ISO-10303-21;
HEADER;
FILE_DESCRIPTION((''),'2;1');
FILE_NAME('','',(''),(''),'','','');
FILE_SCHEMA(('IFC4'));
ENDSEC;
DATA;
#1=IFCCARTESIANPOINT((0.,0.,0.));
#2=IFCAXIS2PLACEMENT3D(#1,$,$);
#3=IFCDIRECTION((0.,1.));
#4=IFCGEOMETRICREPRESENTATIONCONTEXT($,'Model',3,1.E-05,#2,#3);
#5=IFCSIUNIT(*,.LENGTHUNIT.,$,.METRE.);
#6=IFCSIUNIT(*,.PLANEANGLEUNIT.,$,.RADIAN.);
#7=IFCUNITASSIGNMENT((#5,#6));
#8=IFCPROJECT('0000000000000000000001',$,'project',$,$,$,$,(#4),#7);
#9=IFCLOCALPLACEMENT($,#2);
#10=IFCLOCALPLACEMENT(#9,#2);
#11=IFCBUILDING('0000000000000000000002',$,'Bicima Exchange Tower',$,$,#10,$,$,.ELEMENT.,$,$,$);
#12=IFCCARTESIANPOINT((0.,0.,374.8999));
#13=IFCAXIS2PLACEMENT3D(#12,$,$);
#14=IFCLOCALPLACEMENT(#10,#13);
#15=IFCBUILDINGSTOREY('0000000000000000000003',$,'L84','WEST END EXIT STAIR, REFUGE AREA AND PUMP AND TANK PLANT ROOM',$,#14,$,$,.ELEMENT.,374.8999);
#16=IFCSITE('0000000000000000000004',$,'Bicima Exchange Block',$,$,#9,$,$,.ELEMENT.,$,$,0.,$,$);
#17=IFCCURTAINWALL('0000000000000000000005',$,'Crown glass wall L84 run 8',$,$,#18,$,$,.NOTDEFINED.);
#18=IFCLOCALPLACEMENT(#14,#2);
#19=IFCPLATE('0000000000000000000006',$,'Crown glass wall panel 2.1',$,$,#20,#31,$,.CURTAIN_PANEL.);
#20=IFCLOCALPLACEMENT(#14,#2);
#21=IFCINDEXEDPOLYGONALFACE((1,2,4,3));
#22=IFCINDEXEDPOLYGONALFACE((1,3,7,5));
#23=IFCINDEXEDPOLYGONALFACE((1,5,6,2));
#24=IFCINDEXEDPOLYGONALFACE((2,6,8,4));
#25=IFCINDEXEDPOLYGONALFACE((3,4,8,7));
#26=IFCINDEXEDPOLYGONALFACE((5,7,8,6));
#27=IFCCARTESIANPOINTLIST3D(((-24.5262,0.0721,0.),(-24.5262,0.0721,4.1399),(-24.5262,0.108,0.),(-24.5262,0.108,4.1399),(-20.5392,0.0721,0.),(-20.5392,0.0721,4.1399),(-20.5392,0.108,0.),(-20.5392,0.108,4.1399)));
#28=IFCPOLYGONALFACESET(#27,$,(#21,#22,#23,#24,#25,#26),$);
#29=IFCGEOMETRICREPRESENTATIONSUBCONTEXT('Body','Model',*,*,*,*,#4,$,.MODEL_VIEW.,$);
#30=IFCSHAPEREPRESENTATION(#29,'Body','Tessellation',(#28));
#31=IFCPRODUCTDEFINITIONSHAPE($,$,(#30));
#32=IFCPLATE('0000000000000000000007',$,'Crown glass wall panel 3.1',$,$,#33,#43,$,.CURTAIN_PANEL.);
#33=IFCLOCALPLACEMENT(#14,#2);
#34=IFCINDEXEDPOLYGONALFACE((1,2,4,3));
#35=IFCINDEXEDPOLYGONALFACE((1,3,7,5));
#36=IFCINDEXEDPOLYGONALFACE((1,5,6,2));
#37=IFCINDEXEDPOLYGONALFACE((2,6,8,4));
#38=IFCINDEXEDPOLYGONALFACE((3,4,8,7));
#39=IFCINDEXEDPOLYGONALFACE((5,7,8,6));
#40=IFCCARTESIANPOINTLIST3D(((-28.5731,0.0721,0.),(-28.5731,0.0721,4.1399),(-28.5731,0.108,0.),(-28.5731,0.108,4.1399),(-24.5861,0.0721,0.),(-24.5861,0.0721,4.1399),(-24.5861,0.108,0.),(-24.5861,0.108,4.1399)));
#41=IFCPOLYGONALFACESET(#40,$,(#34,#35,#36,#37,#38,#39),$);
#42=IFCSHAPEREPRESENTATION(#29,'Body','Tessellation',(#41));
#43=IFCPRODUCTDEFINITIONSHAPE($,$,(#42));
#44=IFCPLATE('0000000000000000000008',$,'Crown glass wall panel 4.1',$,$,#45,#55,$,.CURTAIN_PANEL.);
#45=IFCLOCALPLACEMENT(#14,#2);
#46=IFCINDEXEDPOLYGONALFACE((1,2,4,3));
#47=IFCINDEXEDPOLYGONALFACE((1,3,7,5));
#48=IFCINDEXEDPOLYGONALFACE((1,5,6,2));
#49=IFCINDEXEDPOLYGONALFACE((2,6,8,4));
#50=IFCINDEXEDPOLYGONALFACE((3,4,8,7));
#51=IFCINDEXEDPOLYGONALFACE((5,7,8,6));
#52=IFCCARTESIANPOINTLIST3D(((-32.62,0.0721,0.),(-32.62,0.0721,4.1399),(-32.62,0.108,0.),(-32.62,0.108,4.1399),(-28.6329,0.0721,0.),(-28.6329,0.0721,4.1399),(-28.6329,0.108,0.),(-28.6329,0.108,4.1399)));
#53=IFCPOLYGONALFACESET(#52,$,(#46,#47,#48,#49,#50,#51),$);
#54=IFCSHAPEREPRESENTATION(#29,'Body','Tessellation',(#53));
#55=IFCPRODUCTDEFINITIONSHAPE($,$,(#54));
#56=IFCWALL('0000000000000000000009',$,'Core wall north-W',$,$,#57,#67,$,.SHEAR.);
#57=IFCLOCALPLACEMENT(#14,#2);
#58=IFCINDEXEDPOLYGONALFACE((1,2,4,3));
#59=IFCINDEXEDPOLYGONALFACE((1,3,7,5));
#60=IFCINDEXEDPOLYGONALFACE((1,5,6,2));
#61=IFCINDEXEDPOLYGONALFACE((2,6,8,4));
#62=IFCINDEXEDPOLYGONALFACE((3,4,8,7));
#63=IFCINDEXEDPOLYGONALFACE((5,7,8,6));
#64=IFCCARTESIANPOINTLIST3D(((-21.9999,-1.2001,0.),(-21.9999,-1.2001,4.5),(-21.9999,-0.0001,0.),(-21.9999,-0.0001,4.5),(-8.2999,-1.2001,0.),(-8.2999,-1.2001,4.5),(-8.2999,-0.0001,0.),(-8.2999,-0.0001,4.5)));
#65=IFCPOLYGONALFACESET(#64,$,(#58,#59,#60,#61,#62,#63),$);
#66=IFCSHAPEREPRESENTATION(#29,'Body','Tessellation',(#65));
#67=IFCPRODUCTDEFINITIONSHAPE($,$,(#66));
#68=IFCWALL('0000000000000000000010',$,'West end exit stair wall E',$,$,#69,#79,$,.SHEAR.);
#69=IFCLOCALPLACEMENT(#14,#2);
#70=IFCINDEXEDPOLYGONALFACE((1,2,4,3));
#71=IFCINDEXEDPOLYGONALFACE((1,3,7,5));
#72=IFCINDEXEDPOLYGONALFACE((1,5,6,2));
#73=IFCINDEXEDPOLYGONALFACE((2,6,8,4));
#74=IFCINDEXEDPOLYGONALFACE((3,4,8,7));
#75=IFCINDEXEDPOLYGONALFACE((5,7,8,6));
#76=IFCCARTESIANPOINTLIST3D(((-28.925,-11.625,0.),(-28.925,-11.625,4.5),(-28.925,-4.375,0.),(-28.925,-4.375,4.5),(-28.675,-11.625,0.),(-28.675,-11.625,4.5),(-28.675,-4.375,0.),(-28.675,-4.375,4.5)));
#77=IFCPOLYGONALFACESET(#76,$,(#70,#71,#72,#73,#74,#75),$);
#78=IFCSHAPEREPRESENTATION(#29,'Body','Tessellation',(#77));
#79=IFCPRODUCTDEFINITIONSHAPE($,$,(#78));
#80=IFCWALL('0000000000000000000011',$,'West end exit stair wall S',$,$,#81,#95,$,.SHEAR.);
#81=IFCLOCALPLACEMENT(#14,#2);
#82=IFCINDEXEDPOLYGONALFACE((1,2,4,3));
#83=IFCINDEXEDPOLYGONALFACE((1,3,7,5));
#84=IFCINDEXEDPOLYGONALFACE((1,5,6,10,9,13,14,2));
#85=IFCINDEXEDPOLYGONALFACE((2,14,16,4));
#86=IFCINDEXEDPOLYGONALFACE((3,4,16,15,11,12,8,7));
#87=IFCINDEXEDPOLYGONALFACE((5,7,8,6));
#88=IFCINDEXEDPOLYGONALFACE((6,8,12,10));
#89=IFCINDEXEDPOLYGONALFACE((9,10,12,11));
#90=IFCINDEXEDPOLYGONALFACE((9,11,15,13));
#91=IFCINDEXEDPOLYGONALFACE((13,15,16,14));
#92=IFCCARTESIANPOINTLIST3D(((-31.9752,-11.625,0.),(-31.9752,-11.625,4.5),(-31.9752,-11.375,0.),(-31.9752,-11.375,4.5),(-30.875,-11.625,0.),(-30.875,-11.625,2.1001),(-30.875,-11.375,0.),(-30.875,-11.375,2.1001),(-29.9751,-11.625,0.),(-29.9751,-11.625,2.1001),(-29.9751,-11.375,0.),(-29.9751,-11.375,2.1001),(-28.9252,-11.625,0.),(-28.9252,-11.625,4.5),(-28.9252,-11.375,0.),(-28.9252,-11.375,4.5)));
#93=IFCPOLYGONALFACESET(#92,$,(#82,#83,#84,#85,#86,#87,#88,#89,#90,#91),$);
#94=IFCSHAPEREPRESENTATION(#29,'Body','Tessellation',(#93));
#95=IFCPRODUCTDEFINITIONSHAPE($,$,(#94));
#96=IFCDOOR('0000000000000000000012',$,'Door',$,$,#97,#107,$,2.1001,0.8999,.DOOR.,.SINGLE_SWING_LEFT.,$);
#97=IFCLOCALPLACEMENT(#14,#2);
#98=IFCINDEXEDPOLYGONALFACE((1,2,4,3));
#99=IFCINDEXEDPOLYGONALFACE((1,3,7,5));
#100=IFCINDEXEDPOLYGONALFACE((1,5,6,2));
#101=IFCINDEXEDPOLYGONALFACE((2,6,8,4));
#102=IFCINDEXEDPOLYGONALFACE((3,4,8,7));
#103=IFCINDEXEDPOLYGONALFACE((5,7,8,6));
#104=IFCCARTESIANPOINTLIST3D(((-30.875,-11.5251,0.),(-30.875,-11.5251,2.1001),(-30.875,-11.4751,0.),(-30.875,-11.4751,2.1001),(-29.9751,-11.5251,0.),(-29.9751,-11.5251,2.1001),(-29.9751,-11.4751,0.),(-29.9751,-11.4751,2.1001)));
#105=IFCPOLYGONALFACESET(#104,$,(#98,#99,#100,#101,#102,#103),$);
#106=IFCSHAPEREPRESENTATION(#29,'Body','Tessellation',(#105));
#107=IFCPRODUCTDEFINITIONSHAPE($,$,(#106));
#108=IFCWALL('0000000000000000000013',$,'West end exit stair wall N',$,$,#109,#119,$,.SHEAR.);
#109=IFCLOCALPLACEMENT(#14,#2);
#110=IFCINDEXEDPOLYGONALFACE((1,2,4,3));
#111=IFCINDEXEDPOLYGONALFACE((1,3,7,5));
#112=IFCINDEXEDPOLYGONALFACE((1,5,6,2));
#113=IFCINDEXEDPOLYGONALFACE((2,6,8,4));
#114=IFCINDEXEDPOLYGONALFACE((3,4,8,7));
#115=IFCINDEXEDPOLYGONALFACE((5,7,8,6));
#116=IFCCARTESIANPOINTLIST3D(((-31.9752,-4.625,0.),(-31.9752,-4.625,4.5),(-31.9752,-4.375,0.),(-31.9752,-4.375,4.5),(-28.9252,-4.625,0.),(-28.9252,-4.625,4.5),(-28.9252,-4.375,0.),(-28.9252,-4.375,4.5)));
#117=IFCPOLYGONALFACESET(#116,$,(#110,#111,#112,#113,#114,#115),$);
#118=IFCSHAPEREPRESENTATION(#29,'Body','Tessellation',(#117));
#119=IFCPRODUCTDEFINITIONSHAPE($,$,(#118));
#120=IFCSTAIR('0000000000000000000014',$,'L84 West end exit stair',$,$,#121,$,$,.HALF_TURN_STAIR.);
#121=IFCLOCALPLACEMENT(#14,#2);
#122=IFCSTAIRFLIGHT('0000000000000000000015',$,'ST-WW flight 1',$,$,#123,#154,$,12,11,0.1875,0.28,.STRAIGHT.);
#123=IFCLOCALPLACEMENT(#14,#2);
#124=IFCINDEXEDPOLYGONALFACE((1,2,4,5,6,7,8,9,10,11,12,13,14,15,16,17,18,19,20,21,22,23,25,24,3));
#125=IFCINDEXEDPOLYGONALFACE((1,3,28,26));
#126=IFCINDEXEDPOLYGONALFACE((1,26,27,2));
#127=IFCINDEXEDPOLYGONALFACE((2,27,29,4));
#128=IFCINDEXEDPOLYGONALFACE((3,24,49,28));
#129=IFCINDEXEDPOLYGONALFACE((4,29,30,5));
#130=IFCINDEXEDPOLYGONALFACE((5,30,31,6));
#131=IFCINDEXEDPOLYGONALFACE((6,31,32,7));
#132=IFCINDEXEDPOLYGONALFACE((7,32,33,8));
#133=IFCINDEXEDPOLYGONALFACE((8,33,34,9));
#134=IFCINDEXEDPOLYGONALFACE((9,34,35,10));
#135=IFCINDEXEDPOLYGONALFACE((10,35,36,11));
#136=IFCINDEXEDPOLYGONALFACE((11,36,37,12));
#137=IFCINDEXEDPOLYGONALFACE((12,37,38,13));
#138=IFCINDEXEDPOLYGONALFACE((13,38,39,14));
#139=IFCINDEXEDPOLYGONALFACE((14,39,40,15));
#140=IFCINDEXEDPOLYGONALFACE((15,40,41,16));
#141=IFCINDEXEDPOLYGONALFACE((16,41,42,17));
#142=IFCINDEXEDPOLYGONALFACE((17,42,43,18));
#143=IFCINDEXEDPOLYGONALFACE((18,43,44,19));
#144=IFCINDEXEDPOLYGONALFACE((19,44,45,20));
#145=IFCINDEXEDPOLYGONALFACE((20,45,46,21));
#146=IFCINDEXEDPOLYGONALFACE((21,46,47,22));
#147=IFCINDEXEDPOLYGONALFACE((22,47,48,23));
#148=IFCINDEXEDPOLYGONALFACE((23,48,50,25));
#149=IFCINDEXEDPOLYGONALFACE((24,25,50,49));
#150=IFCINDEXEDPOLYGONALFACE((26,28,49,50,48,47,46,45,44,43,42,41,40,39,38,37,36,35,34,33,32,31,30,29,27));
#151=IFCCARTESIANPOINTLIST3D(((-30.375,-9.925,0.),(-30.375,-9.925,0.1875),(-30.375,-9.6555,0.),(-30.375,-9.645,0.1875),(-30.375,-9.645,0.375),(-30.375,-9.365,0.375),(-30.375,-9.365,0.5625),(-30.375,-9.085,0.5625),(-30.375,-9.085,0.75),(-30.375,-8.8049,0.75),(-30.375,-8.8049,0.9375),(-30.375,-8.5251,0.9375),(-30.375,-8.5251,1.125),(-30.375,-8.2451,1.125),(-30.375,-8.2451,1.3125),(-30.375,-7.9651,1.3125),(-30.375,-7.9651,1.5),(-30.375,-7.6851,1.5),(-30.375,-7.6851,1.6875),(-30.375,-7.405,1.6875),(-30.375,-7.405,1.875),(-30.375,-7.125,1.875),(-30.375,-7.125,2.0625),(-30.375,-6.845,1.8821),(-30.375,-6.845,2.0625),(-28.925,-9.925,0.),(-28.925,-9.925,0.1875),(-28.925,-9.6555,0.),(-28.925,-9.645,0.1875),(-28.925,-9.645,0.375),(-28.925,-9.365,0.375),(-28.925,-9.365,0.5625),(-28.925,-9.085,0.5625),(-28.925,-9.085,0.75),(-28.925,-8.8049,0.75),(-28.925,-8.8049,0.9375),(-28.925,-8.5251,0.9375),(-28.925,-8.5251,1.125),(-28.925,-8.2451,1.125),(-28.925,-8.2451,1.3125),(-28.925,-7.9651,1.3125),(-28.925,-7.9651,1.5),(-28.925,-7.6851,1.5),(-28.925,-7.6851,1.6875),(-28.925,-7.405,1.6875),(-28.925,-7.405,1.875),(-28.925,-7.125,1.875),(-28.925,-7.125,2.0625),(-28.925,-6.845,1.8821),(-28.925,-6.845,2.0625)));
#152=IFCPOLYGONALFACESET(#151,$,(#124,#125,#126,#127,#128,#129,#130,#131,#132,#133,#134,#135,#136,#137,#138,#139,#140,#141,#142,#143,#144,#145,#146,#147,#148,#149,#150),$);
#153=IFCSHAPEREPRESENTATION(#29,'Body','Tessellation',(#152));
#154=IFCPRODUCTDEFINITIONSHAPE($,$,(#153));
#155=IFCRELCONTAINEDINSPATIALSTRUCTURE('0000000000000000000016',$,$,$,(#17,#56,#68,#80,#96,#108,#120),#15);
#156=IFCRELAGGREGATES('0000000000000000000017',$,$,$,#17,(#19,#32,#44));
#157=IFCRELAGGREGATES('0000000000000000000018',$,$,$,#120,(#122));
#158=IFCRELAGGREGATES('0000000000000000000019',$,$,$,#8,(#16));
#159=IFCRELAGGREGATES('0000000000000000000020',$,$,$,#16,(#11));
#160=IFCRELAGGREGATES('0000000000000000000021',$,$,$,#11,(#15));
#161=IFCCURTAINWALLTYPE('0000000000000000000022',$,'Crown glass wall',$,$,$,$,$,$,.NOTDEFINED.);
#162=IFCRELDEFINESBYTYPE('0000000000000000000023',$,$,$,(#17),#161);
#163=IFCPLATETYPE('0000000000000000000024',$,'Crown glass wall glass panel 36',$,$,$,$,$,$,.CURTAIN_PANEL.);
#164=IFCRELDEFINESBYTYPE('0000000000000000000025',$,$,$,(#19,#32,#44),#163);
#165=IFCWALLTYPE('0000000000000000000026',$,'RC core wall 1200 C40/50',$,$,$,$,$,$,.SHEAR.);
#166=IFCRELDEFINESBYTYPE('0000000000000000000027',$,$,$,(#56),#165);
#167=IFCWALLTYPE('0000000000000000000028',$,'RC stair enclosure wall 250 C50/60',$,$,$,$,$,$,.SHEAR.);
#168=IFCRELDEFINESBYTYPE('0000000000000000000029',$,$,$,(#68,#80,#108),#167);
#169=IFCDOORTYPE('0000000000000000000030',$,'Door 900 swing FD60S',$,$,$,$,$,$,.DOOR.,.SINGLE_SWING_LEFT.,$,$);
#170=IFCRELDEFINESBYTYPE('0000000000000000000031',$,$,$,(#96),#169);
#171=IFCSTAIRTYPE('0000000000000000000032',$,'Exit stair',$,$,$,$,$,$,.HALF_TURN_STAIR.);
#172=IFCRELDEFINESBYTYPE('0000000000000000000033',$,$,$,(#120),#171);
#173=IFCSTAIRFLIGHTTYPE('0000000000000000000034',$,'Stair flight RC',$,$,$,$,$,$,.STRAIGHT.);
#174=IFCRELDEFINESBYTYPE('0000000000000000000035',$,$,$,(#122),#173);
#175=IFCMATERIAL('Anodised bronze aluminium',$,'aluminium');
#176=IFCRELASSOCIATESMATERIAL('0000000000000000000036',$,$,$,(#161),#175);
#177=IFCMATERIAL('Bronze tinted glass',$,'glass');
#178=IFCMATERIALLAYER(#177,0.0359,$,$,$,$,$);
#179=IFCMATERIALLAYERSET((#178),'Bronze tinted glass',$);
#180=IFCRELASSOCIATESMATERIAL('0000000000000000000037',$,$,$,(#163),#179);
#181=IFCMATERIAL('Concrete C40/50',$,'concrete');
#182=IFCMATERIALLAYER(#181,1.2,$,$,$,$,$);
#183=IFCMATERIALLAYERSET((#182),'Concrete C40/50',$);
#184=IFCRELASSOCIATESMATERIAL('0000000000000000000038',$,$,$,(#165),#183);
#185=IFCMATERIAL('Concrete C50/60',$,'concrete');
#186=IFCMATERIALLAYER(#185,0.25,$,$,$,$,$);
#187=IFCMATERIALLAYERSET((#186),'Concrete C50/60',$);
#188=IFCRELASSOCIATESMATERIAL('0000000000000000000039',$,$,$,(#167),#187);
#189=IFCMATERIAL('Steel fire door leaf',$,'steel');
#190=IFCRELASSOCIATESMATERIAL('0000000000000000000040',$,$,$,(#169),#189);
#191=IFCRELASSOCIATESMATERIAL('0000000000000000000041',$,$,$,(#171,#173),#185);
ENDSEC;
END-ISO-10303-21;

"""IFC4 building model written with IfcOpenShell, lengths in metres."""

from ifc_helpers import new_model, si_unit, direction, frame, frame_2d, origin, origin_2d, place, context, subcontext, project, spatial, polyline, rectangle, outline, extrude, material, layer, layer_set, type_object, element, fill, aggregate, save


model = new_model("IFC4")

# Units and contexts
model_context = context("Model", 3, precision=1e-05, world=origin(), true_north=direction((0.0, 1.0)))
body_context = subcontext(model_context, "Body", "Model", "MODEL_VIEW")
ifc_project = project(units=[si_unit("LENGTHUNIT", "METRE"), si_unit("PLANEANGLEUNIT", "RADIAN")], contexts=[model_context])

# Site, building, storey
site_placement = place(None, origin())
site = spatial("IfcSite", under=ifc_project, at=site_placement, Name="Bicima Exchange Block", CompositionType="ELEMENT", RefElevation=0.0)
building_placement = place(site_placement, origin())
building = spatial("IfcBuilding", under=site, at=building_placement, Name="Bicima Exchange Tower", CompositionType="ELEMENT")
storey_placement = place(building_placement, frame((0.0, 0.0, 374.8999)))
storey = spatial("IfcBuildingStorey", under=building, at=storey_placement, Name="L84", Description="WEST END EXIT STAIR, REFUGE AREA AND PUMP AND TANK PLANT ROOM", CompositionType="ELEMENT", Elevation=374.8999)

# Curtain wall
ifc_material_1 = material(Name="Anodised bronze aluminium", Category="aluminium")
curtain_wall_type = type_object("IfcCurtainWallType", Name="Crown glass wall", PredefinedType="NOTDEFINED", material=ifc_material_1)
curtain_wall_placement = place(storey_placement, origin())
curtain_wall = element("IfcCurtainWall", 1, at=curtain_wall_placement, inside=storey, type_object=curtain_wall_type, Name="Crown glass wall L84 run 8", PredefinedType="NOTDEFINED")

# Plates
ifc_material_2 = material(Name="Bronze tinted glass", Category="glass")
ifc_layer_1 = layer(ifc_material_2, 0.0359)
ifc_layer_set_1 = layer_set([ifc_layer_1], Name="Bronze tinted glass")
plate_type = type_object("IfcPlateType", Name="Crown glass wall glass panel 36", PredefinedType="CURTAIN_PANEL", material=ifc_layer_set_1)
plate_1_placement = place(storey_placement, frame((-22.5327, 0.0901, 0.0), z_axis=(0.0, 0.0, 1.0), x_axis=(-1.0, 0.0, 0.0)))
plate_1 = element("IfcPlate", 2, at=plate_1_placement, type_object=plate_type, Name="Crown glass wall panel 2.1", PredefinedType="CURTAIN_PANEL", context=body_context, shape_type="SweptSolid", body=[
    extrude(rectangle(XDim=3.9871, YDim=0.0359, at=origin_2d()), origin(), (0.0, 0.0, 1.0), 4.1399),
])
plate_2_placement = place(storey_placement, frame((-26.5796, 0.0901, 0.0), z_axis=(0.0, 0.0, 1.0), x_axis=(-1.0, 0.0, 0.0)))
plate_2 = element("IfcPlate", 3, at=plate_2_placement, type_object=plate_type, Name="Crown glass wall panel 3.1", PredefinedType="CURTAIN_PANEL", context=body_context, shape_type="SweptSolid", body=[
    extrude(rectangle(XDim=3.9871, YDim=0.0359, at=origin_2d()), origin(), (0.0, 0.0, 1.0), 4.1399),
])
plate_3_placement = place(storey_placement, frame((-30.6265, 0.0901, 0.0), z_axis=(0.0, 0.0, 1.0), x_axis=(-1.0, 0.0, 0.0)))
plate_3 = element("IfcPlate", 4, at=plate_3_placement, type_object=plate_type, Name="Crown glass wall panel 4.1", PredefinedType="CURTAIN_PANEL", context=body_context, shape_type="SweptSolid", body=[
    extrude(rectangle(XDim=3.9871, YDim=0.0359, at=origin_2d()), origin(), (0.0, 0.0, 1.0), 4.1399),
])
aggregate(curtain_wall, [plate_1, plate_2, plate_3])

# Walls
ifc_material_3 = material(Name="Concrete C40/50", Category="concrete")
ifc_layer_2 = layer(ifc_material_3, 1.2)
ifc_layer_set_2 = layer_set([ifc_layer_2], Name="Concrete C40/50")
wall_type_1 = type_object("IfcWallType", Name="RC core wall 1200 C40/50", PredefinedType="SHEAR", material=ifc_layer_set_2)
wall_1_placement = place(storey_placement, frame((-22.0, -0.6001, 0.0), z_axis=(0.0, 0.0, 1.0), x_axis=(1.0, 0.0, 0.0)))
element("IfcWall", 5, at=wall_1_placement, inside=storey, type_object=wall_type_1, Name="Core wall north-W", PredefinedType="SHEAR", context=body_context, shape_type="SweptSolid", body=[
    extrude(rectangle(XDim=13.7, YDim=1.2, at=frame_2d((6.8501, 0.0))), origin(), (0.0, 0.0, 1.0), 4.5),
])
ifc_material_4 = material(Name="Concrete C50/60", Category="concrete")
ifc_layer_3 = layer(ifc_material_4, 0.25)
ifc_layer_set_3 = layer_set([ifc_layer_3], Name="Concrete C50/60")
wall_type_2 = type_object("IfcWallType", Name="RC stair enclosure wall 250 C50/60", PredefinedType="SHEAR", material=ifc_layer_set_3)
wall_2_placement = place(storey_placement, frame((-28.8, -11.625, 0.0), z_axis=(0.0, 0.0, 1.0), x_axis=(0.0, 1.0, 0.0)))
element("IfcWall", 6, at=wall_2_placement, inside=storey, type_object=wall_type_2, Name="West end exit stair wall E", PredefinedType="SHEAR", context=body_context, shape_type="SweptSolid", body=[
    extrude(rectangle(XDim=7.25, YDim=0.25, at=frame_2d((3.625, 0.0))), origin(), (0.0, 0.0, 1.0), 4.5),
])

# Wall, opening, door
wall_3_placement = place(storey_placement, frame((-31.9751, -11.5, 0.0), z_axis=(0.0, 0.0, 1.0), x_axis=(1.0, 0.0, 0.0)))
wall_3 = element("IfcWall", 7, at=wall_3_placement, inside=storey, type_object=wall_type_2, Name="West end exit stair wall S", PredefinedType="SHEAR", context=body_context, shape_type="SweptSolid", body=[
    extrude(rectangle(XDim=3.05, YDim=0.25, at=frame_2d((1.5249, 0.0))), origin(), (0.0, 0.0, 1.0), 4.5),
])
opening_placement = place(wall_3_placement, frame((1.1001, 0.0, 0.0)))
opening = element("IfcOpeningElement", 8, at=opening_placement, cuts=wall_3, PredefinedType="OPENING", context=body_context, shape_type="SweptSolid", body=[
    extrude(rectangle(XDim=0.8999, YDim=2.1001, at=frame_2d((0.45, 1.05))), frame((0.0, 0.137, 0.0), z_axis=(0.0, -1.0, 0.0), x_axis=(1.0, 0.0, 0.0)), (0.0, 0.0, 1.0), 0.2739),
])
ifc_material_5 = material(Name="Steel fire door leaf", Category="steel")
door_type = type_object("IfcDoorType", Name="Door 900 swing FD60S", OperationType="SINGLE_SWING_LEFT", PredefinedType="DOOR", material=ifc_material_5)
door_placement = place(opening_placement, origin())
door = element("IfcDoor", 9, at=door_placement, inside=storey, type_object=door_type, Name="Door", OperationType="SINGLE_SWING_LEFT", OverallHeight=2.1001, OverallWidth=0.8999, PredefinedType="DOOR", context=body_context, shape_type="SweptSolid", body=[
    extrude(rectangle(XDim=0.8999, YDim=2.1001, at=frame_2d((0.45, 1.05))), frame((0.0, 0.0249, 0.0), z_axis=(0.0, -1.0, 0.0), x_axis=(1.0, 0.0, 0.0)), (0.0, 0.0, 1.0), 0.05),
])
fill(opening, door)

# Wall
wall_4_placement = place(storey_placement, frame((-31.9751, -4.5, 0.0), z_axis=(0.0, 0.0, 1.0), x_axis=(1.0, 0.0, 0.0)))
element("IfcWall", 10, at=wall_4_placement, inside=storey, type_object=wall_type_2, Name="West end exit stair wall N", PredefinedType="SHEAR", context=body_context, shape_type="SweptSolid", body=[
    extrude(rectangle(XDim=3.05, YDim=0.25, at=frame_2d((1.5249, 0.0))), origin(), (0.0, 0.0, 1.0), 4.5),
])

# Stair, stair flight
stair_type = type_object("IfcStairType", Name="Exit stair", PredefinedType="HALF_TURN_STAIR", material=ifc_material_4)
stair_placement = place(storey_placement, origin())
stair = element("IfcStair", 11, at=stair_placement, inside=storey, type_object=stair_type, Name="L84 West end exit stair", PredefinedType="HALF_TURN_STAIR")
stair_flight_type = type_object("IfcStairFlightType", Name="Stair flight RC", PredefinedType="STRAIGHT", material=ifc_material_4)
stair_flight_1_placement = place(storey_placement, frame((-29.6499, -9.925, 0.0), z_axis=(0.0, 0.0, 1.0), x_axis=(0.0, 1.0, 0.0)))
stair_flight_1 = element("IfcStairFlight", 12, at=stair_flight_1_placement, type_object=stair_flight_type, Name="ST-WW flight 1", NumberOfRisers=12, NumberOfTreads=11, PredefinedType="STRAIGHT", RiserHeight=0.1875, TreadLength=0.28, context=body_context, shape_type="SweptSolid", body=[
    extrude(outline(polyline([(0.0, 0.0), (0.0, 0.1875), (0.28, 0.1875), (0.28, 0.375), (0.5601, 0.375), (0.5601, 0.5625), (0.8401, 0.5625), (0.8401, 0.75), (1.1201, 0.75), (1.1201, 0.9375), (1.3999, 0.9375), (1.3999, 1.125), (1.6799, 1.125), (1.6799, 1.3125), (1.96, 1.3125), (1.96, 1.5), (2.24, 1.5), (2.24, 1.6875), (2.52, 1.6875), (2.52, 1.875), (2.8, 1.875), (2.8, 2.0625), (3.0801, 2.0625), (3.0801, 2.25), (3.0801, 1.8821), (0.2695, 0.0), (0.0, 0.0)])), frame((0.0, 0.7251, 0.0), z_axis=(0.0, -1.0, 0.0), x_axis=(1.0, 0.0, 0.0)), (0.0, 0.0, 1.0), 1.45),
])
aggregate(stair, [stair_flight_1])

save(model, "model.ifc")
